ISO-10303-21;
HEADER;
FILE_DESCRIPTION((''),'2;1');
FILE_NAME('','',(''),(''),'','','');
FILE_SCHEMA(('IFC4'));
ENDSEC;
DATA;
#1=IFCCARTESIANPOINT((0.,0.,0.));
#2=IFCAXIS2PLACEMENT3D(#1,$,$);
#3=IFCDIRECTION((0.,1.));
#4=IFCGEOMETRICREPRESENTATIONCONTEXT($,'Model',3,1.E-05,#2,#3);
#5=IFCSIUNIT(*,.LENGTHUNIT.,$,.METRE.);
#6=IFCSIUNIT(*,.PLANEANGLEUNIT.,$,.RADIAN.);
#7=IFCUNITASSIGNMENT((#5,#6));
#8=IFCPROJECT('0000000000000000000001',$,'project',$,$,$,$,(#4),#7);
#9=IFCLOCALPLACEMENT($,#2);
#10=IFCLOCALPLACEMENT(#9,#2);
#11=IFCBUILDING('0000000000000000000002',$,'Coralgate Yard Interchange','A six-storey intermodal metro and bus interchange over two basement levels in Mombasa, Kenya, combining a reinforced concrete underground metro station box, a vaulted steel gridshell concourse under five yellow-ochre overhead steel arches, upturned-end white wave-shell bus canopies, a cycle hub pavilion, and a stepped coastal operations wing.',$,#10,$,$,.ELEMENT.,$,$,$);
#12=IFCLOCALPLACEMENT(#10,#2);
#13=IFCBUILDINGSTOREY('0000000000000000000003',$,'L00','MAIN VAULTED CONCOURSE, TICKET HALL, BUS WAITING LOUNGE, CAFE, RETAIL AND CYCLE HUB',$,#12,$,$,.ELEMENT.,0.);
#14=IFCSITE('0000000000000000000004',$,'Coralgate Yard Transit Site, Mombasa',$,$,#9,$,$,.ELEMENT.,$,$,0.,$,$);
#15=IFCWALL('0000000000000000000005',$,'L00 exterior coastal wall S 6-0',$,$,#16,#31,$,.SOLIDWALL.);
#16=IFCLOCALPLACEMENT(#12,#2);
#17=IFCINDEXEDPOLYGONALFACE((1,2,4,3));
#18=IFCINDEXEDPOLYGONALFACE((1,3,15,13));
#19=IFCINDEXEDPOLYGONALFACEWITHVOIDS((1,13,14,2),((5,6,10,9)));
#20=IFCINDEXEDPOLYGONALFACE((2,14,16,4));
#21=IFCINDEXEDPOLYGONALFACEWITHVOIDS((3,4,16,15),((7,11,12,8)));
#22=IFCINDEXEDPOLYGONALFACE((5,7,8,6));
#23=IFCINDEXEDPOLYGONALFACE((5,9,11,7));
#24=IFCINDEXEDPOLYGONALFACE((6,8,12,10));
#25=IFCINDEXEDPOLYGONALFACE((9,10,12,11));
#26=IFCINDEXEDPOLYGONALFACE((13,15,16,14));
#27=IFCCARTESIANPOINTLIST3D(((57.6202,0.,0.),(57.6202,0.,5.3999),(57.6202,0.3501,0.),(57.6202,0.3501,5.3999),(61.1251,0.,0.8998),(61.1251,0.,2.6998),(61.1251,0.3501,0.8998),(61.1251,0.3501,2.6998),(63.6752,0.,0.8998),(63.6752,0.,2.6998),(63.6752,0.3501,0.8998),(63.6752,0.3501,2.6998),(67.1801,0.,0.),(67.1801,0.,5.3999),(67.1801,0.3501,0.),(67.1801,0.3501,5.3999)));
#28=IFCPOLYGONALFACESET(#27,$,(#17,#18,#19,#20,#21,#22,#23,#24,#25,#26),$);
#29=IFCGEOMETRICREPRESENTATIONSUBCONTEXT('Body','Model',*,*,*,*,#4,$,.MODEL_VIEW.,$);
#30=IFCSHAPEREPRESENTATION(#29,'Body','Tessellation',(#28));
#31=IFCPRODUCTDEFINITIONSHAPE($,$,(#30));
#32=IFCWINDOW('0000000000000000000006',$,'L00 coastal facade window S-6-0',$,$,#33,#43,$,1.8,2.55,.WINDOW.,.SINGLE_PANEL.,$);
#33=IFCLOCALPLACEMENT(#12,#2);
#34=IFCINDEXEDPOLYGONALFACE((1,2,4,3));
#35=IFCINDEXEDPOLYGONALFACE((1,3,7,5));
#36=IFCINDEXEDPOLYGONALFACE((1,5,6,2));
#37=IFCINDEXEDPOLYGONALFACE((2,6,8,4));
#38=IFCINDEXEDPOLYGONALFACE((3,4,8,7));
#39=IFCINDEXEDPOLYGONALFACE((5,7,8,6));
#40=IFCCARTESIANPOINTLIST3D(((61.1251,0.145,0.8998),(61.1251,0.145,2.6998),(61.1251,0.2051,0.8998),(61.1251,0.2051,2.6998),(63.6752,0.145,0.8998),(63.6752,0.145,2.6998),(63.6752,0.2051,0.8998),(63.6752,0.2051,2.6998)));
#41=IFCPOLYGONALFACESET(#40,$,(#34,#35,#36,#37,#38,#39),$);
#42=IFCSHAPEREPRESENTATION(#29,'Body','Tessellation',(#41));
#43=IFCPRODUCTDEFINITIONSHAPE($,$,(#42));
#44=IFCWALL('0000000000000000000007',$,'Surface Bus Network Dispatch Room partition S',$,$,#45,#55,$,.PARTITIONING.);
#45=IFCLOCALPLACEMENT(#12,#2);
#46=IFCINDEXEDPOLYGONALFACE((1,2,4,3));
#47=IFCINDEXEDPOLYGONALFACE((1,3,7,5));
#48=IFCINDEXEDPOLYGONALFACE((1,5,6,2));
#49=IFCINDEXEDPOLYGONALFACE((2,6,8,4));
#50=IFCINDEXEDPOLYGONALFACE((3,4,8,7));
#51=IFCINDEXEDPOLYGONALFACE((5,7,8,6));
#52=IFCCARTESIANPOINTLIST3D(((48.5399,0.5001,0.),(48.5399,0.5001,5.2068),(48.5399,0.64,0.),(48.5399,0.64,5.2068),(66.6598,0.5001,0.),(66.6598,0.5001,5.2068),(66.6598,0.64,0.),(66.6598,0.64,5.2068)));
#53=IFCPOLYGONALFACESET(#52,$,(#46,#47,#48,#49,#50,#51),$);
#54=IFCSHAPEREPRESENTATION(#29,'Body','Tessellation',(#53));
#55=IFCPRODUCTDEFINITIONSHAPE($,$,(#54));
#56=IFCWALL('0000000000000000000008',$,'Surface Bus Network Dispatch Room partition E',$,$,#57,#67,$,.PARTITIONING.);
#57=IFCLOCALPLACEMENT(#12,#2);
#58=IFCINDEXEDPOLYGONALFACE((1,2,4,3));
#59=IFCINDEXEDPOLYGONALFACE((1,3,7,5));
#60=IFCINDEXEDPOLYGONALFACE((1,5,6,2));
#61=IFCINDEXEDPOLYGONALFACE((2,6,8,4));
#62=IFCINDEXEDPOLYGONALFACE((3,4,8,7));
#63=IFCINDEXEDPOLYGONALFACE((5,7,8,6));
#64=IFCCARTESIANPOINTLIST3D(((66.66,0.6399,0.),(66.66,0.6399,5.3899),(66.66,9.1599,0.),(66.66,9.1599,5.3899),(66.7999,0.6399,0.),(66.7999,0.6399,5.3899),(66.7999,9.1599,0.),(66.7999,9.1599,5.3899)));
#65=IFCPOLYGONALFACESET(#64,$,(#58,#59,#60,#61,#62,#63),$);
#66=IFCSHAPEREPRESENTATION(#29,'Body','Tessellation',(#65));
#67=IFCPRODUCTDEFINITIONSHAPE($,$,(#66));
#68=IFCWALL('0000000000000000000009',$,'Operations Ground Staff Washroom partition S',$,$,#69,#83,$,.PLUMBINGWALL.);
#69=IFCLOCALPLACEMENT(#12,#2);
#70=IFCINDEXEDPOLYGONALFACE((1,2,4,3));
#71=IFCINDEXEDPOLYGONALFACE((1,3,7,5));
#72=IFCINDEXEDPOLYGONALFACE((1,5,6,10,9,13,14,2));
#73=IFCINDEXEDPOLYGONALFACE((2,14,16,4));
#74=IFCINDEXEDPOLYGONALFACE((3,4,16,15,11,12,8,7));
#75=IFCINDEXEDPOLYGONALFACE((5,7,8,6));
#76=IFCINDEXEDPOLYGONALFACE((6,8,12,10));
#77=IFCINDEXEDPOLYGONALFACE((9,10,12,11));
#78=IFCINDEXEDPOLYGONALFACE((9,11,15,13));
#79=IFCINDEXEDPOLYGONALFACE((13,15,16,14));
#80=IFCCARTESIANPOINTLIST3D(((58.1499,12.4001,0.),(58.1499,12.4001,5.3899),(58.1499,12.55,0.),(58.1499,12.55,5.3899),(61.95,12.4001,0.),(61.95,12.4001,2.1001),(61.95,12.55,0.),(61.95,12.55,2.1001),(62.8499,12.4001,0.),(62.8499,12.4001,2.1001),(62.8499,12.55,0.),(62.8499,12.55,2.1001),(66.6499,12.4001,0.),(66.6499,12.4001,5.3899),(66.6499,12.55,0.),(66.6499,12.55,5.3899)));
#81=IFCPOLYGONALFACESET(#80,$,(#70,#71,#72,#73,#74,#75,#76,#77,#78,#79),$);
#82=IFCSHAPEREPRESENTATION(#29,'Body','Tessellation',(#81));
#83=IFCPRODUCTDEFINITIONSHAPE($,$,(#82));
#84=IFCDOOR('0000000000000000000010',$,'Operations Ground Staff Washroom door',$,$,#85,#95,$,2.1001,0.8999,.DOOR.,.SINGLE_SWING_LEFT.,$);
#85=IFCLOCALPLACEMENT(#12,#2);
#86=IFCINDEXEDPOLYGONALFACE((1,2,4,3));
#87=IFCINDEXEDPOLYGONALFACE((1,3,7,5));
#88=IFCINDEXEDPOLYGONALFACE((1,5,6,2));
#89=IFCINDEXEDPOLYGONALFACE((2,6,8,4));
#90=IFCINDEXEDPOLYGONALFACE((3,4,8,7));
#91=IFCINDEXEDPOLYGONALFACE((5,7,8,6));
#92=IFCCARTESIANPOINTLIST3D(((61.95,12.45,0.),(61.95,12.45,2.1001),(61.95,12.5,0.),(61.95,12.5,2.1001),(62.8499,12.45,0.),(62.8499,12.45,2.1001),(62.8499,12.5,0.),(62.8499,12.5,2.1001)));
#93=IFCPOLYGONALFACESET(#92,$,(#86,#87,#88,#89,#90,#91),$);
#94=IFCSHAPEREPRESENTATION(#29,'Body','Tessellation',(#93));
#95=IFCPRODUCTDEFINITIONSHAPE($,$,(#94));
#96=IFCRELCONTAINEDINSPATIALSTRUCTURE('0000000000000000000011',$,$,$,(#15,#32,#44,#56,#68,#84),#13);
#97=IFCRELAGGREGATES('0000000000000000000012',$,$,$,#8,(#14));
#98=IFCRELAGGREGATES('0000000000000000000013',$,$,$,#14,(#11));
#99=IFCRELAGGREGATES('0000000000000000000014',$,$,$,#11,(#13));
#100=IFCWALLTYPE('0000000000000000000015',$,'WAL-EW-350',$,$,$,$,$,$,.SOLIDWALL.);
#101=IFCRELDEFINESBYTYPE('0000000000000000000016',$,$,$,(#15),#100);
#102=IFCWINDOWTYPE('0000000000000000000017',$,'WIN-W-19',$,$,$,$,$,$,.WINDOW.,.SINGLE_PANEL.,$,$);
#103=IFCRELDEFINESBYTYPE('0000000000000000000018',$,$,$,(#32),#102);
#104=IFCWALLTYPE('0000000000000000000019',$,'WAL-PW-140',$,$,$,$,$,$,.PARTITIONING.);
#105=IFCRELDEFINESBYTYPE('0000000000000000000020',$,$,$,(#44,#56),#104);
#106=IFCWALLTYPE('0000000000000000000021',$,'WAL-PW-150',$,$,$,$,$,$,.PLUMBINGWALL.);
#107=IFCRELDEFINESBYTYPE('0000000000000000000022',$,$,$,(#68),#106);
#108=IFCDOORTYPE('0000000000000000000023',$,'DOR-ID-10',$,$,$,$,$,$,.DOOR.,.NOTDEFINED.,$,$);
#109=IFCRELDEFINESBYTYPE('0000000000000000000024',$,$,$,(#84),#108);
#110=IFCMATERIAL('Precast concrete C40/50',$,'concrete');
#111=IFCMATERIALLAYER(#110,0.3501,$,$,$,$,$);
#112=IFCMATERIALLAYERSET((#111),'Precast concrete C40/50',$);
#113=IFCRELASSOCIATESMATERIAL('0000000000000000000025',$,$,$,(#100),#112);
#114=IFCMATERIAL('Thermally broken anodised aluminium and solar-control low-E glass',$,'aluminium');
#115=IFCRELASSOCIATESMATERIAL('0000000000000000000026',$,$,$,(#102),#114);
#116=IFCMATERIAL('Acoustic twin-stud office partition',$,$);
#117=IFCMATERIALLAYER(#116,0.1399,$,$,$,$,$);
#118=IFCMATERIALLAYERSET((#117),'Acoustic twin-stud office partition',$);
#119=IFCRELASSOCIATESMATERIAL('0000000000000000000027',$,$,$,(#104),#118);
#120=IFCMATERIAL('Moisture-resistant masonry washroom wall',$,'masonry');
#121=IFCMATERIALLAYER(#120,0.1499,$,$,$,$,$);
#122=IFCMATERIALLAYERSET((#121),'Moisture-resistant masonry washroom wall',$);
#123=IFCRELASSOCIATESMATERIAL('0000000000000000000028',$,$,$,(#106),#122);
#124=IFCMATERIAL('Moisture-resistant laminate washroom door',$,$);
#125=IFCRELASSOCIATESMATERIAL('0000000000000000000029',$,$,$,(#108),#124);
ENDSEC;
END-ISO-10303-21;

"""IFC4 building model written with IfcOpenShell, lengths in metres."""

from ifc_helpers import new_model, si_unit, direction, frame, frame_2d, origin, place, context, subcontext, project, spatial, rectangle, extrude, material, layer, layer_set, type_object, element, fill, save


model = new_model("IFC4")

# Units and contexts
model_context = context("Model", 3, precision=1e-05, world=origin(), true_north=direction((0.0, 1.0)))
body_context = subcontext(model_context, "Body", "Model", "MODEL_VIEW")
ifc_project = project(units=[si_unit("LENGTHUNIT", "METRE"), si_unit("PLANEANGLEUNIT", "RADIAN")], contexts=[model_context])

# Site, building, storey
site_placement = place(None, origin())
site = spatial("IfcSite", under=ifc_project, at=site_placement, Name="Coralgate Yard Transit Site, Mombasa", CompositionType="ELEMENT", RefElevation=0.0)
building_placement = place(site_placement, origin())
building = spatial("IfcBuilding", under=site, at=building_placement, Name="Coralgate Yard Interchange", Description="A six-storey intermodal metro and bus interchange over two basement levels in Mombasa, Kenya, combining a reinforced concrete underground metro station box, a vaulted steel gridshell concourse under five yellow-ochre overhead steel arches, upturned-end white wave-shell bus canopies, a cycle hub pavilion, and a stepped coastal operations wing.", CompositionType="ELEMENT")
storey_placement = place(building_placement, origin())
storey = spatial("IfcBuildingStorey", under=building, at=storey_placement, Name="L00", Description="MAIN VAULTED CONCOURSE, TICKET HALL, BUS WAITING LOUNGE, CAFE, RETAIL AND CYCLE HUB", CompositionType="ELEMENT", Elevation=0.0)

# Wall, opening, window
ifc_material_1 = material(Name="Precast concrete C40/50", Category="concrete")
ifc_layer_1 = layer(ifc_material_1, 0.3501)
ifc_layer_set_1 = layer_set([ifc_layer_1], Name="Precast concrete C40/50")
wall_type_1 = type_object("IfcWallType", Name="WAL-EW-350", PredefinedType="SOLIDWALL", material=ifc_layer_set_1)
wall_1_placement = place(storey_placement, frame((67.1799, 0.175, 0.0), z_axis=(0.0, 0.0, 1.0), x_axis=(-1.0, 0.0, 0.0)))
wall_1 = element("IfcWall", 1, at=wall_1_placement, inside=storey, type_object=wall_type_1, Name="L00 exterior coastal wall S 6-0", PredefinedType="SOLIDWALL", context=body_context, shape_type="SweptSolid", body=[
    extrude(rectangle(XDim=9.5598, YDim=0.3501, at=frame_2d((4.7798, 0.0))), origin(), (0.0, 0.0, 1.0), 5.3999),
])
opening_1_placement = place(wall_1_placement, frame((3.5049, 0.0, 0.8999)))
opening_1 = element("IfcOpeningElement", 2, at=opening_1_placement, cuts=wall_1, PredefinedType="OPENING", context=body_context, shape_type="SweptSolid", body=[
    extrude(rectangle(XDim=2.55, YDim=1.8, at=frame_2d((1.2749, 0.8999))), frame((0.0, 0.1851, 0.0), z_axis=(0.0, -1.0, 0.0), x_axis=(1.0, 0.0, 0.0)), (0.0, 0.0, 1.0), 0.3701),
])
ifc_material_2 = material(Name="Thermally broken anodised aluminium and solar-control low-E glass", Category="aluminium")
window_type = type_object("IfcWindowType", Name="WIN-W-19", PartitioningType="SINGLE_PANEL", PredefinedType="WINDOW", material=ifc_material_2)
window_placement = place(opening_1_placement, origin())
window = element("IfcWindow", 3, at=window_placement, inside=storey, type_object=window_type, Name="L00 coastal facade window S-6-0", OverallHeight=1.8, OverallWidth=2.55, PartitioningType="SINGLE_PANEL", PredefinedType="WINDOW", context=body_context, shape_type="SweptSolid", body=[
    extrude(rectangle(XDim=2.55, YDim=1.8, at=frame_2d((1.2749, 0.8999))), frame((0.0, 0.03, 0.0), z_axis=(0.0, -1.0, 0.0), x_axis=(1.0, 0.0, 0.0)), (0.0, 0.0, 1.0), 0.0601),
])
fill(opening_1, window)

# Walls
ifc_material_3 = material(Name="Acoustic twin-stud office partition")
ifc_layer_2 = layer(ifc_material_3, 0.1399)
ifc_layer_set_2 = layer_set([ifc_layer_2], Name="Acoustic twin-stud office partition")
wall_type_2 = type_object("IfcWallType", Name="WAL-PW-140", PredefinedType="PARTITIONING", material=ifc_layer_set_2)
wall_2_placement = place(storey_placement, frame((66.6599, 0.5701, 0.0), z_axis=(0.0, 0.0, 1.0), x_axis=(-1.0, 0.0, 0.0)))
element("IfcWall", 4, at=wall_2_placement, inside=storey, type_object=wall_type_2, Name="Surface Bus Network Dispatch Room partition S", PredefinedType="PARTITIONING", context=body_context, shape_type="SweptSolid", body=[
    extrude(rectangle(XDim=18.1199, YDim=0.1399, at=frame_2d((9.0601, 0.0))), origin(), (0.0, 0.0, 1.0), 5.2068),
])
wall_3_placement = place(storey_placement, frame((66.73, 9.1599, 0.0), z_axis=(0.0, 0.0, 1.0), x_axis=(0.0, -1.0, 0.0)))
element("IfcWall", 5, at=wall_3_placement, inside=storey, type_object=wall_type_2, Name="Surface Bus Network Dispatch Room partition E", PredefinedType="PARTITIONING", context=body_context, shape_type="SweptSolid", body=[
    extrude(rectangle(XDim=8.52, YDim=0.1399, at=frame_2d((4.26, 0.0))), origin(), (0.0, 0.0, 1.0), 5.3899),
])

# Wall, opening, door
ifc_material_4 = material(Name="Moisture-resistant masonry washroom wall", Category="masonry")
ifc_layer_3 = layer(ifc_material_4, 0.1499)
ifc_layer_set_3 = layer_set([ifc_layer_3], Name="Moisture-resistant masonry washroom wall")
wall_type_3 = type_object("IfcWallType", Name="WAL-PW-150", PredefinedType="PLUMBINGWALL", material=ifc_layer_set_3)
wall_4_placement = place(storey_placement, frame((66.6499, 12.4751, 0.0), z_axis=(0.0, 0.0, 1.0), x_axis=(-1.0, 0.0, 0.0)))
wall_4 = element("IfcWall", 6, at=wall_4_placement, inside=storey, type_object=wall_type_3, Name="Operations Ground Staff Washroom partition S", PredefinedType="PLUMBINGWALL", context=body_context, shape_type="SweptSolid", body=[
    extrude(rectangle(XDim=8.5, YDim=0.1499, at=frame_2d((4.25, 0.0))), origin(), (0.0, 0.0, 1.0), 5.3899),
])
opening_2_placement = place(wall_4_placement, frame((3.8, 0.0, 0.0)))
opening_2 = element("IfcOpeningElement", 7, at=opening_2_placement, cuts=wall_4, PredefinedType="OPENING", context=body_context, shape_type="SweptSolid", body=[
    extrude(rectangle(XDim=0.8999, YDim=2.1001, at=frame_2d((0.45, 1.05))), frame((0.0, 0.085, 0.0), z_axis=(0.0, -1.0, 0.0), x_axis=(1.0, 0.0, 0.0)), (0.0, 0.0, 1.0), 0.1699),
])
ifc_material_5 = material(Name="Moisture-resistant laminate washroom door")
door_type = type_object("IfcDoorType", Name="DOR-ID-10", OperationType="NOTDEFINED", PredefinedType="DOOR", material=ifc_material_5)
door_placement = place(opening_2_placement, frame((0.8999, 0.0, 0.0), z_axis=(0.0, 0.0, 1.0), x_axis=(-1.0, 0.0, 0.0)))
door = element("IfcDoor", 8, at=door_placement, inside=storey, type_object=door_type, Name="Operations Ground Staff Washroom door", OperationType="SINGLE_SWING_LEFT", OverallHeight=2.1001, OverallWidth=0.8999, PredefinedType="DOOR", context=body_context, shape_type="SweptSolid", body=[
    extrude(rectangle(XDim=0.8999, YDim=2.1001, at=frame_2d((0.45, 1.05))), frame((0.0, 0.0249, 0.0), z_axis=(0.0, -1.0, 0.0), x_axis=(1.0, 0.0, 0.0)), (0.0, 0.0, 1.0), 0.05),
])
fill(opening_2, door)

save(model, "model.ifc")
